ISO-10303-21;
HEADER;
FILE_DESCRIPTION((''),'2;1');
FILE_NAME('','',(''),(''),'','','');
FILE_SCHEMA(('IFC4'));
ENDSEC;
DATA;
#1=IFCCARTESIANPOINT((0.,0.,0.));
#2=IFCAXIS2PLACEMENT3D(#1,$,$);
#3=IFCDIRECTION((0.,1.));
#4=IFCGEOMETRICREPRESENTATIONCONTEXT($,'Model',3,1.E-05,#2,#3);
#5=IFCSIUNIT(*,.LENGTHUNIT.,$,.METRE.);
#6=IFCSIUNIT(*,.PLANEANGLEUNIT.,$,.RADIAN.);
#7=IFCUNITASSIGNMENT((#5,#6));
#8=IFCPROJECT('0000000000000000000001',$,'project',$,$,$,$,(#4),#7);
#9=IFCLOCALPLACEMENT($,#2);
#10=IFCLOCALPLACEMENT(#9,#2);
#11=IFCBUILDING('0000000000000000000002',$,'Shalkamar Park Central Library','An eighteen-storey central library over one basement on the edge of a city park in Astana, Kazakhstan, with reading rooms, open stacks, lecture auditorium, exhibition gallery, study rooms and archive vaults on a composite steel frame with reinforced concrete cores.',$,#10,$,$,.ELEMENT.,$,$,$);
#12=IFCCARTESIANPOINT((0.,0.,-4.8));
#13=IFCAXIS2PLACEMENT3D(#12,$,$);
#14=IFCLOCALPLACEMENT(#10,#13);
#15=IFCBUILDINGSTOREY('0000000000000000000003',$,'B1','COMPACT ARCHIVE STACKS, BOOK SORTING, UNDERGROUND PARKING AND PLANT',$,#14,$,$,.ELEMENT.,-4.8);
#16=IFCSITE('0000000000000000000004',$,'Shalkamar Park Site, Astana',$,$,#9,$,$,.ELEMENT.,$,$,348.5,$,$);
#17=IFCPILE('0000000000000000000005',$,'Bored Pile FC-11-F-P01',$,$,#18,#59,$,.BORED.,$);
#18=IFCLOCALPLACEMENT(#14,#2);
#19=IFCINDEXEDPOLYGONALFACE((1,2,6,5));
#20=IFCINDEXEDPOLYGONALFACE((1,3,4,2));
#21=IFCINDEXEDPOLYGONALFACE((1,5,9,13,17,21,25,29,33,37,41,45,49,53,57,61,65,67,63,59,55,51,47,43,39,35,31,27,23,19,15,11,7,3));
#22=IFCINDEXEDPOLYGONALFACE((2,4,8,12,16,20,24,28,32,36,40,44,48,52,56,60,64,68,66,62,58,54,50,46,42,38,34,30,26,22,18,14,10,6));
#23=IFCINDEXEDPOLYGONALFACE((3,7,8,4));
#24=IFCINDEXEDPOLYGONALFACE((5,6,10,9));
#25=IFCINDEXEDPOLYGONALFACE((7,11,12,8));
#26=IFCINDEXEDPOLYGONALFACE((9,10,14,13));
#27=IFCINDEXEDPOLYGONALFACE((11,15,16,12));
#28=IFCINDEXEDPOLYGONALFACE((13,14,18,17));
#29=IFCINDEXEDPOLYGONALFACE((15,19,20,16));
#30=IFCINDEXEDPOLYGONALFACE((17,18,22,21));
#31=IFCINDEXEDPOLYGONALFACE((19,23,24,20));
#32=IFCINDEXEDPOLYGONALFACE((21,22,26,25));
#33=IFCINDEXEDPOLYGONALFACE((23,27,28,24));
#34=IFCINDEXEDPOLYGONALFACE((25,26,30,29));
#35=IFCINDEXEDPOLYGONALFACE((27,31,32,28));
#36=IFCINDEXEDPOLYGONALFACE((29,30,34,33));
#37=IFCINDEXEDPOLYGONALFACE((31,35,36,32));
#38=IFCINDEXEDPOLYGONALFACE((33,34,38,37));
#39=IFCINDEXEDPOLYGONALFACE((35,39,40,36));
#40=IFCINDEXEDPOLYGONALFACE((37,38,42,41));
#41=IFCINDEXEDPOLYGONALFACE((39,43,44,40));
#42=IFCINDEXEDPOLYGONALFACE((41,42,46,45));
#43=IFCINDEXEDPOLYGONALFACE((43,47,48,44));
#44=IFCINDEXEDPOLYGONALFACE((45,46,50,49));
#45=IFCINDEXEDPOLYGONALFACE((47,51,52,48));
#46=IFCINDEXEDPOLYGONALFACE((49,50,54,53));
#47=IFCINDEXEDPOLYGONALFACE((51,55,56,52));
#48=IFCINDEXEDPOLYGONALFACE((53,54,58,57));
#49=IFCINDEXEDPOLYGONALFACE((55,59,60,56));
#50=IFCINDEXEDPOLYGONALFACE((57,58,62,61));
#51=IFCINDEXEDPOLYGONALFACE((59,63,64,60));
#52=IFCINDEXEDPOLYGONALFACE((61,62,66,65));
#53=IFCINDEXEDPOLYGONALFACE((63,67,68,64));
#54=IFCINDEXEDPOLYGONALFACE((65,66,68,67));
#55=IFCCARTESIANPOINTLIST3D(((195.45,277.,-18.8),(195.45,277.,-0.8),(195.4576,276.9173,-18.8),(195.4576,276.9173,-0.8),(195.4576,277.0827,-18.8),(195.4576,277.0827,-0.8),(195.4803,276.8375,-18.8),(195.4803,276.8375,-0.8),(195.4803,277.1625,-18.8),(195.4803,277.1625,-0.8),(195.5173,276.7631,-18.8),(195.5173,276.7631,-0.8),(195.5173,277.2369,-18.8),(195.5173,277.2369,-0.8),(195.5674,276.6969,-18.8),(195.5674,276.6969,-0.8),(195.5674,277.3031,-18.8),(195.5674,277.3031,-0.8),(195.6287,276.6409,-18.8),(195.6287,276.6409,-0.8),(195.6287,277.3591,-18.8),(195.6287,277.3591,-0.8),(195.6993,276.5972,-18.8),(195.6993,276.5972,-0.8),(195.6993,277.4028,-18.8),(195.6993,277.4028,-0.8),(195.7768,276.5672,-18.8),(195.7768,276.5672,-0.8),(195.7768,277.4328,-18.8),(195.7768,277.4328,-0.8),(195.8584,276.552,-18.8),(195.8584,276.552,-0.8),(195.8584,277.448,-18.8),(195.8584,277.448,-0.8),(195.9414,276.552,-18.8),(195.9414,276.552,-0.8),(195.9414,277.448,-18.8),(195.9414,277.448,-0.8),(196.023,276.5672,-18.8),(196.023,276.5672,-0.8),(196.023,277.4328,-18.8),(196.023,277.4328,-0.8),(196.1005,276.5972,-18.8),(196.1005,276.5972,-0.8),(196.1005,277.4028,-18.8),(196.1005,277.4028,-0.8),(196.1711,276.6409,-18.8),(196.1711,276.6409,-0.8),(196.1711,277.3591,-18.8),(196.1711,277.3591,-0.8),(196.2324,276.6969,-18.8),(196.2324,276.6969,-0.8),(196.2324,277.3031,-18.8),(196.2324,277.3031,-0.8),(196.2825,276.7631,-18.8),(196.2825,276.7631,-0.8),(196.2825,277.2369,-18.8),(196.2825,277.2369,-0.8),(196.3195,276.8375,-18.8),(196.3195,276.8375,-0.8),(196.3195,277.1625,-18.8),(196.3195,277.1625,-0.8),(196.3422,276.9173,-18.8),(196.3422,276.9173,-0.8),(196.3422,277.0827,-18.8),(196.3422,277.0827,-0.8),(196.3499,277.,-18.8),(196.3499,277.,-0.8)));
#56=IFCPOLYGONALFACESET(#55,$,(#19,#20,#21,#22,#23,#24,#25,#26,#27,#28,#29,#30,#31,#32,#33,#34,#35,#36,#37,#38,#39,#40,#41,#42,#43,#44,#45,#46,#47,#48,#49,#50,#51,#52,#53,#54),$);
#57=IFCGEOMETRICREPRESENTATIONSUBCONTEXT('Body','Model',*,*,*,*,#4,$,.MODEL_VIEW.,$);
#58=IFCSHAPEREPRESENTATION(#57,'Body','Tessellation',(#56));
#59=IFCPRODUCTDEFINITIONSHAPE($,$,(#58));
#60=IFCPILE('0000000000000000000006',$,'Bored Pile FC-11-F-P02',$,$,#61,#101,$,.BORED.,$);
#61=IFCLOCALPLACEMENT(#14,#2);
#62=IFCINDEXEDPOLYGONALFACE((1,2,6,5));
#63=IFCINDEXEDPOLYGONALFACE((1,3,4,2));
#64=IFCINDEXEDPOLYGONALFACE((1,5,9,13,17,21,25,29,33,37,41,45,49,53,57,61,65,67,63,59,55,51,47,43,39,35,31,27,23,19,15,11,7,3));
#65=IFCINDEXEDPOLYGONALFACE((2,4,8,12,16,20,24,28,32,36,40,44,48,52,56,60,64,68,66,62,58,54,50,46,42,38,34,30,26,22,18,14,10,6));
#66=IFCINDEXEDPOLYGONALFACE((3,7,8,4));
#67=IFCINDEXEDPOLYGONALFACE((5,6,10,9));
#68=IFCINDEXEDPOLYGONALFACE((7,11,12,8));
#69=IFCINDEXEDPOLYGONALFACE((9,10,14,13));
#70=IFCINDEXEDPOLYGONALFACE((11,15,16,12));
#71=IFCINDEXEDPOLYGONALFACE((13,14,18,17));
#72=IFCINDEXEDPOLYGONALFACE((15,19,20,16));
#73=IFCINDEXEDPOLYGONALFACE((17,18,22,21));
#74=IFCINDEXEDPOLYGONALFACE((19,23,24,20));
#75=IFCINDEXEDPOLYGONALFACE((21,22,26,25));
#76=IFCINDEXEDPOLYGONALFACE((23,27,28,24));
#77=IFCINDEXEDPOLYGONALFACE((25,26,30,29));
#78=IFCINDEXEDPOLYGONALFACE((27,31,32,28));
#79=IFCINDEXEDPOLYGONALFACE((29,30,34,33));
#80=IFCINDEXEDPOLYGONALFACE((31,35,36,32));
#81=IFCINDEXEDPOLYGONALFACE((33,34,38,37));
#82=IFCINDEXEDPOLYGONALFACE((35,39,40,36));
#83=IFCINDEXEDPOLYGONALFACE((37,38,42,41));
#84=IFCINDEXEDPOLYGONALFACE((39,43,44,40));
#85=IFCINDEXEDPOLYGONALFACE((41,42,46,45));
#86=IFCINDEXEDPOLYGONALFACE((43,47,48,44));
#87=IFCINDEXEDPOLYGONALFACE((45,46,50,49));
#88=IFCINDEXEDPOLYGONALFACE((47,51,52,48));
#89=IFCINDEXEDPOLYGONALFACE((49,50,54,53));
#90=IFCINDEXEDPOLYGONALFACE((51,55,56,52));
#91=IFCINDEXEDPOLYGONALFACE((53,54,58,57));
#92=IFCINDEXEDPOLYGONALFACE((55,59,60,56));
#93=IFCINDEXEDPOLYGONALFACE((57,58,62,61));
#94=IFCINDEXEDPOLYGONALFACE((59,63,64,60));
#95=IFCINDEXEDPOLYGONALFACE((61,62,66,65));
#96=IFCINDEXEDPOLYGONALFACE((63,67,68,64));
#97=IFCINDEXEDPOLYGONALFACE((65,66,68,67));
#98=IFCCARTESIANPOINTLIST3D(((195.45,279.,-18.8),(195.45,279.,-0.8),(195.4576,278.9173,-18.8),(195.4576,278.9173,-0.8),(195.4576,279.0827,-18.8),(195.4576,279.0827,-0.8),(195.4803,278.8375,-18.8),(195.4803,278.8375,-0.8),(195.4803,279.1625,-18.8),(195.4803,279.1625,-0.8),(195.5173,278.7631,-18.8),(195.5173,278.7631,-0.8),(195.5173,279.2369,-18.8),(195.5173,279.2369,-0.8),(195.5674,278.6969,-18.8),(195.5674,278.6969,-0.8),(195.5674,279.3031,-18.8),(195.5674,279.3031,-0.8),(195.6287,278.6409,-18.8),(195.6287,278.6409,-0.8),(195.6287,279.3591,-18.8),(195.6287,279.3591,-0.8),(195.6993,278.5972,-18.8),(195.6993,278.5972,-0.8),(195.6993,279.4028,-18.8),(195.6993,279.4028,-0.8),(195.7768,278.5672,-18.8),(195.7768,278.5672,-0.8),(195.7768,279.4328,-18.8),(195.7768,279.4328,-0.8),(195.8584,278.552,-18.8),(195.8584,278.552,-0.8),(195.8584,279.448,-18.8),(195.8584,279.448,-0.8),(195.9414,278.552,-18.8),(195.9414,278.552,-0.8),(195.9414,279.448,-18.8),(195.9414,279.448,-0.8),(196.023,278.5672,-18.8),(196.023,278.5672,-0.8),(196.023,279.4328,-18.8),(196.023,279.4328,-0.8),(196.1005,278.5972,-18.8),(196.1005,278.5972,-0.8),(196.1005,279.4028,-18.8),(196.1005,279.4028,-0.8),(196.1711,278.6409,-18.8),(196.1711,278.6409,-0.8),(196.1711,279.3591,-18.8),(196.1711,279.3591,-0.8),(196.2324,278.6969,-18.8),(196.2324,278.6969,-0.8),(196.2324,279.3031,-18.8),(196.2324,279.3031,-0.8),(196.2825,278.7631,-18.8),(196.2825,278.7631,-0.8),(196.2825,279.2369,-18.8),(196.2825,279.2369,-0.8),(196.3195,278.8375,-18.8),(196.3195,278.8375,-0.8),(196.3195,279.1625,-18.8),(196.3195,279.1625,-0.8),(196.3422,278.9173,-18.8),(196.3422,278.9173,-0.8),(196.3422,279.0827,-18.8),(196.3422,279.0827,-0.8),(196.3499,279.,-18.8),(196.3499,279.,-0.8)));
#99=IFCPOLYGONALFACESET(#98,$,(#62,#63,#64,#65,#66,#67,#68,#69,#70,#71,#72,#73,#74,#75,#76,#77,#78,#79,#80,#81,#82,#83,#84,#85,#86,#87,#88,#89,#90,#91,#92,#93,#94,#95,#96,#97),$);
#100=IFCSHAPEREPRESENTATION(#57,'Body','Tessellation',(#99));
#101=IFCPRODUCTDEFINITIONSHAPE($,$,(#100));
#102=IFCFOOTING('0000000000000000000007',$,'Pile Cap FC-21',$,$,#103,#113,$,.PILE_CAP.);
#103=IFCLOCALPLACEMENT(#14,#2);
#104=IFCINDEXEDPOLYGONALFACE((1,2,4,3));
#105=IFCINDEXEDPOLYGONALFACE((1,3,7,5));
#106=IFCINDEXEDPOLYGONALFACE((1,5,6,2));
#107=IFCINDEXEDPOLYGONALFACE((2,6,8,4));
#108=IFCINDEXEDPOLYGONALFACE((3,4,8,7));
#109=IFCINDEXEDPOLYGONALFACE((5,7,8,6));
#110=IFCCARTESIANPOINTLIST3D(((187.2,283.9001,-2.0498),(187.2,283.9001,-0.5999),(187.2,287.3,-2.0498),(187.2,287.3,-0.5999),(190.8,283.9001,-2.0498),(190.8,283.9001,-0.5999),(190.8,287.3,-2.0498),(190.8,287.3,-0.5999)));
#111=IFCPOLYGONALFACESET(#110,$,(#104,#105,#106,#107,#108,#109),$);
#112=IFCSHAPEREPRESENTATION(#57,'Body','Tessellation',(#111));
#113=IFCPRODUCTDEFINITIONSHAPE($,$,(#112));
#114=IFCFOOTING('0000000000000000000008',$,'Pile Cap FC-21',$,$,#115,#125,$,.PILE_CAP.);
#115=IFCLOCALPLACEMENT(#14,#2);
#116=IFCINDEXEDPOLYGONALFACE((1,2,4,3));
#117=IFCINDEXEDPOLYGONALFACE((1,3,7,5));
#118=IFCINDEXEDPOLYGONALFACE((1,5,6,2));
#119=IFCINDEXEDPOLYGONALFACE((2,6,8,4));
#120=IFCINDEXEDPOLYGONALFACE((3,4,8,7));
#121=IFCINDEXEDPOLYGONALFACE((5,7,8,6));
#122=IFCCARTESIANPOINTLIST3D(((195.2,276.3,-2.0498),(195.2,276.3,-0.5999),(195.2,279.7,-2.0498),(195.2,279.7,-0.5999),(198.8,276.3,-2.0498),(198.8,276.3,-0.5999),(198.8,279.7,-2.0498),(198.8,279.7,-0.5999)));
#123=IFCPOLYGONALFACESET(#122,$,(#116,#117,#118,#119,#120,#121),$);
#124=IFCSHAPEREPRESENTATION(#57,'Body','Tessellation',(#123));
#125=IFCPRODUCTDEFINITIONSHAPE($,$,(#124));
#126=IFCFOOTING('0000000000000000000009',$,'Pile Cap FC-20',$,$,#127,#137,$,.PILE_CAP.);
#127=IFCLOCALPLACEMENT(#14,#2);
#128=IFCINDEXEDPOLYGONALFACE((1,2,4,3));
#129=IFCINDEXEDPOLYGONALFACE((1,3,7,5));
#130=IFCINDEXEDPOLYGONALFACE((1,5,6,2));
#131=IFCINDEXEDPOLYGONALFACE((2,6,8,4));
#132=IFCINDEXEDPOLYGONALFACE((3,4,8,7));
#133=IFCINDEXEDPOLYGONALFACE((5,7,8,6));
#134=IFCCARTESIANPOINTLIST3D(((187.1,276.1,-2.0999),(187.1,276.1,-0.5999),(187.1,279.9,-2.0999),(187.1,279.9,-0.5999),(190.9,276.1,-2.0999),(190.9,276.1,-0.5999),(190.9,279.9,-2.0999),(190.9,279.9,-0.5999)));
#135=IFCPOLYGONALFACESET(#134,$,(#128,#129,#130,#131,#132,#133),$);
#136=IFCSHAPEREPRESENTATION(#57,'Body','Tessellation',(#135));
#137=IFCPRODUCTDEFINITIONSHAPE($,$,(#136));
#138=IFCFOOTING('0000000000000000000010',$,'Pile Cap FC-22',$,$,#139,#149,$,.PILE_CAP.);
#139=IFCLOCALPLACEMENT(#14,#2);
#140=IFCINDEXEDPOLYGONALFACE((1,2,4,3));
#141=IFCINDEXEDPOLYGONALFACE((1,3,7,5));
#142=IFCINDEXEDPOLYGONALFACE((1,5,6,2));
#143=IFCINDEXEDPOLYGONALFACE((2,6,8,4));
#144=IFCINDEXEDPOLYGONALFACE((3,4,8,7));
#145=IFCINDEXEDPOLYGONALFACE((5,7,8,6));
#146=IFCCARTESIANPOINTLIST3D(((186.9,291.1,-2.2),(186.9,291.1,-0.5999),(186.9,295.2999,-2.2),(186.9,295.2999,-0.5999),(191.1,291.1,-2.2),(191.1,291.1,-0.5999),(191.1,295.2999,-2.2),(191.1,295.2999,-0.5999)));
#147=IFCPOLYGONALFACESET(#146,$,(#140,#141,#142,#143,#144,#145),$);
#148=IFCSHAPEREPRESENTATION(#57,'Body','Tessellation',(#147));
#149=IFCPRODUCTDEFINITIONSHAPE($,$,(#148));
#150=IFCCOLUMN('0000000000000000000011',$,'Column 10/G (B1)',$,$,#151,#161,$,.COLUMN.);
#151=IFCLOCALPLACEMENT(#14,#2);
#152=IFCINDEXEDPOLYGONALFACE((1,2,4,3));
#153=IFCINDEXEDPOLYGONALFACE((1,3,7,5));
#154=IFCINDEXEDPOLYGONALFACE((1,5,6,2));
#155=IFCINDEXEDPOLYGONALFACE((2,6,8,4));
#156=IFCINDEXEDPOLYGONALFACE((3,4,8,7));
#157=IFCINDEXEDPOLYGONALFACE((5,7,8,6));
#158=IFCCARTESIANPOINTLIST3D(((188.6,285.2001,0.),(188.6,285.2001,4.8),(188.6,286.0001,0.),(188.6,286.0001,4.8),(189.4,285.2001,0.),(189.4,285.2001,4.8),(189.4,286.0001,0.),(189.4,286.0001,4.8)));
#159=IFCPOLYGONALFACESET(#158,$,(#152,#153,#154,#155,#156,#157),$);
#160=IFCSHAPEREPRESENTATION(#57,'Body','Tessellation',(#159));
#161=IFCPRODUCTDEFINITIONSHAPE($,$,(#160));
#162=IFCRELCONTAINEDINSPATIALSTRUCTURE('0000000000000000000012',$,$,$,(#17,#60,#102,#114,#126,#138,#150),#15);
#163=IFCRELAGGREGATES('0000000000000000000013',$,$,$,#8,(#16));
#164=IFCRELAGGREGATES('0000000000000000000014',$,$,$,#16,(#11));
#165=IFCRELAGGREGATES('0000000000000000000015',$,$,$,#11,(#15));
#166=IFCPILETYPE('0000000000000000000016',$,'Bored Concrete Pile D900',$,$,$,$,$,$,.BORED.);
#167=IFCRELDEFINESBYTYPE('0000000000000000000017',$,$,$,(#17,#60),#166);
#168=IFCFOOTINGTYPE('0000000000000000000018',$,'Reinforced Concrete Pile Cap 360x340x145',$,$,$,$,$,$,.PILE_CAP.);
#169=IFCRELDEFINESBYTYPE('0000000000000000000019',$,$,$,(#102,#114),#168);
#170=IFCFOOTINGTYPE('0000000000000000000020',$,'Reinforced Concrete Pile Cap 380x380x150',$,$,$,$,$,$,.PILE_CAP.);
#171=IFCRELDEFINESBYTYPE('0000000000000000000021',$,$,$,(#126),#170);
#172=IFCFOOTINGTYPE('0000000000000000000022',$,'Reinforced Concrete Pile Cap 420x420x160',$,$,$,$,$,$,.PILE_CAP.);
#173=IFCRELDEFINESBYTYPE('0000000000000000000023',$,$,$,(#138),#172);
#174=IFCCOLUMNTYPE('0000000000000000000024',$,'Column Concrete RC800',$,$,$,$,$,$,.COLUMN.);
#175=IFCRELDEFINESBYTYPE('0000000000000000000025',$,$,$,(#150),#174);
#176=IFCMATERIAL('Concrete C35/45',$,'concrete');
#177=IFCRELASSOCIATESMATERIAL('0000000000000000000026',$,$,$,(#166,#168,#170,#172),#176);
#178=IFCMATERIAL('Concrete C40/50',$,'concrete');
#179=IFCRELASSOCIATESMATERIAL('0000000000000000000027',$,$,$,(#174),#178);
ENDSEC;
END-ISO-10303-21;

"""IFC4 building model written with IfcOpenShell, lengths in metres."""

from ifc_helpers import new_model, si_unit, direction, frame, origin, origin_2d, place, context, subcontext, project, spatial, rectangle, circle, extrude, material, material_profile, profile_set, type_object, element, save


model = new_model("IFC4")

# Units and contexts
model_context = context("Model", 3, precision=1e-05, world=origin(), true_north=direction((0.0, 1.0)))
body_context = subcontext(model_context, "Body", "Model", "MODEL_VIEW")
ifc_project = project(units=[si_unit("LENGTHUNIT", "METRE"), si_unit("PLANEANGLEUNIT", "RADIAN")], contexts=[model_context])

# Site, building, storey
site_placement = place(None, origin())
site = spatial("IfcSite", under=ifc_project, at=site_placement, Name="Shalkamar Park Site, Astana", CompositionType="ELEMENT", RefElevation=348.5)
building_placement = place(site_placement, origin())
building = spatial("IfcBuilding", under=site, at=building_placement, Name="Shalkamar Park Central Library", Description="An eighteen-storey central library over one basement on the edge of a city park in Astana, Kazakhstan, with reading rooms, open stacks, lecture auditorium, exhibition gallery, study rooms and archive vaults on a composite steel frame with reinforced concrete cores.", CompositionType="ELEMENT")
storey_placement = place(building_placement, frame((0.0, 0.0, -4.8)))
storey = spatial("IfcBuildingStorey", under=building, at=storey_placement, Name="B1", Description="COMPACT ARCHIVE STACKS, BOOK SORTING, UNDERGROUND PARKING AND PLANT", CompositionType="ELEMENT", Elevation=-4.8)

# Piles
ifc_material_1 = material(Name="Concrete C35/45", Category="concrete")
ifc_material_profile_1 = material_profile(ifc_material_1, circle(Radius=0.45, at=origin_2d()), Name="PILE D900")
ifc_profile_set_1 = profile_set([ifc_material_profile_1], Name="Concrete C35/45")
pile_type_1 = type_object("IfcPileType", Name="Bored Concrete Pile D900", PredefinedType="BORED", material=ifc_profile_set_1)
for number, where, z_axis, x_axis, name in (
    (1, (195.8999, 277.0, -0.8), (0.0, 0.0, -1.0), (1.0, 0.0, 0.0), "Bored Pile FC-11-F-P01"),
    (2, (195.8999, 279.0, -0.8), (0.0, 0.0, -1.0), (1.0, 0.0, 0.0), "Bored Pile FC-11-F-P02"),
):
    element("IfcPile", number, at=place(storey_placement, frame(where, z_axis=z_axis, x_axis=x_axis)), inside=storey, type_object=pile_type_1, Name=name, PredefinedType="BORED", context=body_context, shape_type="SweptSolid", body=[
        extrude(circle(Radius=0.45, at=origin_2d()), origin(), (0.0, 0.0, 1.0), 18.0),
    ])

# Footings
footing_type_1 = type_object("IfcFootingType", Name="Reinforced Concrete Pile Cap 360x340x145", PredefinedType="PILE_CAP", material=ifc_material_1)
for number, where, z_axis, x_axis, name in (
    (3, (189.0, 285.6001, -2.0498), (0.0, 0.0, 1.0), (1.0, 0.0, 0.0), "Pile Cap FC-21"),
    (4, (197.0, 278.0, -2.0498), (0.0, 0.0, 1.0), (1.0, 0.0, 0.0), "Pile Cap FC-21"),
):
    element("IfcFooting", number, at=place(storey_placement, frame(where, z_axis=z_axis, x_axis=x_axis)), inside=storey, type_object=footing_type_1, Name=name, PredefinedType="PILE_CAP", context=body_context, shape_type="SweptSolid", body=[
        extrude(rectangle(XDim=3.6001, YDim=3.3999, at=origin_2d()), origin(), (0.0, 0.0, 1.0), 1.45),
    ])
footing_type_2 = type_object("IfcFootingType", Name="Reinforced Concrete Pile Cap 380x380x150", PredefinedType="PILE_CAP", material=ifc_material_1)
footing_1_placement = place(storey_placement, frame((189.0, 278.0, -2.0999), z_axis=(0.0, 0.0, 1.0), x_axis=(1.0, 0.0, 0.0)))
element("IfcFooting", 5, at=footing_1_placement, inside=storey, type_object=footing_type_2, Name="Pile Cap FC-20", PredefinedType="PILE_CAP", context=body_context, shape_type="SweptSolid", body=[
    extrude(rectangle(XDim=3.8, YDim=3.8, at=origin_2d()), origin(), (0.0, 0.0, 1.0), 1.5),
])
footing_type_3 = type_object("IfcFootingType", Name="Reinforced Concrete Pile Cap 420x420x160", PredefinedType="PILE_CAP", material=ifc_material_1)
footing_2_placement = place(storey_placement, frame((189.0, 293.2, -2.2), z_axis=(0.0, 0.0, 1.0), x_axis=(1.0, 0.0, 0.0)))
element("IfcFooting", 6, at=footing_2_placement, inside=storey, type_object=footing_type_3, Name="Pile Cap FC-22", PredefinedType="PILE_CAP", context=body_context, shape_type="SweptSolid", body=[
    extrude(rectangle(XDim=4.2, YDim=4.2, at=origin_2d()), origin(), (0.0, 0.0, 1.0), 1.6001),
])

# Column
ifc_material_2 = material(Name="Concrete C40/50", Category="concrete")
ifc_material_profile_2 = material_profile(ifc_material_2, rectangle(XDim=0.8, YDim=0.8, at=origin_2d()), Name="RC 800x800")
ifc_profile_set_2 = profile_set([ifc_material_profile_2], Name="Concrete C40/50")
column_type_1 = type_object("IfcColumnType", Name="Column Concrete RC800", PredefinedType="COLUMN", material=ifc_profile_set_2)
column_1_placement = place(storey_placement, frame((189.0, 285.6001, 0.0), z_axis=(0.0, 0.0, 1.0), x_axis=(1.0, 0.0, 0.0)))
element("IfcColumn", 7, at=column_1_placement, inside=storey, type_object=column_type_1, Name="Column 10/G (B1)", PredefinedType="COLUMN", context=body_context, shape_type="SweptSolid", body=[
    extrude(rectangle(XDim=0.8, YDim=0.8, at=origin_2d()), origin(), (0.0, 0.0, 1.0), 4.8),
])

save(model, "model.ifc")
